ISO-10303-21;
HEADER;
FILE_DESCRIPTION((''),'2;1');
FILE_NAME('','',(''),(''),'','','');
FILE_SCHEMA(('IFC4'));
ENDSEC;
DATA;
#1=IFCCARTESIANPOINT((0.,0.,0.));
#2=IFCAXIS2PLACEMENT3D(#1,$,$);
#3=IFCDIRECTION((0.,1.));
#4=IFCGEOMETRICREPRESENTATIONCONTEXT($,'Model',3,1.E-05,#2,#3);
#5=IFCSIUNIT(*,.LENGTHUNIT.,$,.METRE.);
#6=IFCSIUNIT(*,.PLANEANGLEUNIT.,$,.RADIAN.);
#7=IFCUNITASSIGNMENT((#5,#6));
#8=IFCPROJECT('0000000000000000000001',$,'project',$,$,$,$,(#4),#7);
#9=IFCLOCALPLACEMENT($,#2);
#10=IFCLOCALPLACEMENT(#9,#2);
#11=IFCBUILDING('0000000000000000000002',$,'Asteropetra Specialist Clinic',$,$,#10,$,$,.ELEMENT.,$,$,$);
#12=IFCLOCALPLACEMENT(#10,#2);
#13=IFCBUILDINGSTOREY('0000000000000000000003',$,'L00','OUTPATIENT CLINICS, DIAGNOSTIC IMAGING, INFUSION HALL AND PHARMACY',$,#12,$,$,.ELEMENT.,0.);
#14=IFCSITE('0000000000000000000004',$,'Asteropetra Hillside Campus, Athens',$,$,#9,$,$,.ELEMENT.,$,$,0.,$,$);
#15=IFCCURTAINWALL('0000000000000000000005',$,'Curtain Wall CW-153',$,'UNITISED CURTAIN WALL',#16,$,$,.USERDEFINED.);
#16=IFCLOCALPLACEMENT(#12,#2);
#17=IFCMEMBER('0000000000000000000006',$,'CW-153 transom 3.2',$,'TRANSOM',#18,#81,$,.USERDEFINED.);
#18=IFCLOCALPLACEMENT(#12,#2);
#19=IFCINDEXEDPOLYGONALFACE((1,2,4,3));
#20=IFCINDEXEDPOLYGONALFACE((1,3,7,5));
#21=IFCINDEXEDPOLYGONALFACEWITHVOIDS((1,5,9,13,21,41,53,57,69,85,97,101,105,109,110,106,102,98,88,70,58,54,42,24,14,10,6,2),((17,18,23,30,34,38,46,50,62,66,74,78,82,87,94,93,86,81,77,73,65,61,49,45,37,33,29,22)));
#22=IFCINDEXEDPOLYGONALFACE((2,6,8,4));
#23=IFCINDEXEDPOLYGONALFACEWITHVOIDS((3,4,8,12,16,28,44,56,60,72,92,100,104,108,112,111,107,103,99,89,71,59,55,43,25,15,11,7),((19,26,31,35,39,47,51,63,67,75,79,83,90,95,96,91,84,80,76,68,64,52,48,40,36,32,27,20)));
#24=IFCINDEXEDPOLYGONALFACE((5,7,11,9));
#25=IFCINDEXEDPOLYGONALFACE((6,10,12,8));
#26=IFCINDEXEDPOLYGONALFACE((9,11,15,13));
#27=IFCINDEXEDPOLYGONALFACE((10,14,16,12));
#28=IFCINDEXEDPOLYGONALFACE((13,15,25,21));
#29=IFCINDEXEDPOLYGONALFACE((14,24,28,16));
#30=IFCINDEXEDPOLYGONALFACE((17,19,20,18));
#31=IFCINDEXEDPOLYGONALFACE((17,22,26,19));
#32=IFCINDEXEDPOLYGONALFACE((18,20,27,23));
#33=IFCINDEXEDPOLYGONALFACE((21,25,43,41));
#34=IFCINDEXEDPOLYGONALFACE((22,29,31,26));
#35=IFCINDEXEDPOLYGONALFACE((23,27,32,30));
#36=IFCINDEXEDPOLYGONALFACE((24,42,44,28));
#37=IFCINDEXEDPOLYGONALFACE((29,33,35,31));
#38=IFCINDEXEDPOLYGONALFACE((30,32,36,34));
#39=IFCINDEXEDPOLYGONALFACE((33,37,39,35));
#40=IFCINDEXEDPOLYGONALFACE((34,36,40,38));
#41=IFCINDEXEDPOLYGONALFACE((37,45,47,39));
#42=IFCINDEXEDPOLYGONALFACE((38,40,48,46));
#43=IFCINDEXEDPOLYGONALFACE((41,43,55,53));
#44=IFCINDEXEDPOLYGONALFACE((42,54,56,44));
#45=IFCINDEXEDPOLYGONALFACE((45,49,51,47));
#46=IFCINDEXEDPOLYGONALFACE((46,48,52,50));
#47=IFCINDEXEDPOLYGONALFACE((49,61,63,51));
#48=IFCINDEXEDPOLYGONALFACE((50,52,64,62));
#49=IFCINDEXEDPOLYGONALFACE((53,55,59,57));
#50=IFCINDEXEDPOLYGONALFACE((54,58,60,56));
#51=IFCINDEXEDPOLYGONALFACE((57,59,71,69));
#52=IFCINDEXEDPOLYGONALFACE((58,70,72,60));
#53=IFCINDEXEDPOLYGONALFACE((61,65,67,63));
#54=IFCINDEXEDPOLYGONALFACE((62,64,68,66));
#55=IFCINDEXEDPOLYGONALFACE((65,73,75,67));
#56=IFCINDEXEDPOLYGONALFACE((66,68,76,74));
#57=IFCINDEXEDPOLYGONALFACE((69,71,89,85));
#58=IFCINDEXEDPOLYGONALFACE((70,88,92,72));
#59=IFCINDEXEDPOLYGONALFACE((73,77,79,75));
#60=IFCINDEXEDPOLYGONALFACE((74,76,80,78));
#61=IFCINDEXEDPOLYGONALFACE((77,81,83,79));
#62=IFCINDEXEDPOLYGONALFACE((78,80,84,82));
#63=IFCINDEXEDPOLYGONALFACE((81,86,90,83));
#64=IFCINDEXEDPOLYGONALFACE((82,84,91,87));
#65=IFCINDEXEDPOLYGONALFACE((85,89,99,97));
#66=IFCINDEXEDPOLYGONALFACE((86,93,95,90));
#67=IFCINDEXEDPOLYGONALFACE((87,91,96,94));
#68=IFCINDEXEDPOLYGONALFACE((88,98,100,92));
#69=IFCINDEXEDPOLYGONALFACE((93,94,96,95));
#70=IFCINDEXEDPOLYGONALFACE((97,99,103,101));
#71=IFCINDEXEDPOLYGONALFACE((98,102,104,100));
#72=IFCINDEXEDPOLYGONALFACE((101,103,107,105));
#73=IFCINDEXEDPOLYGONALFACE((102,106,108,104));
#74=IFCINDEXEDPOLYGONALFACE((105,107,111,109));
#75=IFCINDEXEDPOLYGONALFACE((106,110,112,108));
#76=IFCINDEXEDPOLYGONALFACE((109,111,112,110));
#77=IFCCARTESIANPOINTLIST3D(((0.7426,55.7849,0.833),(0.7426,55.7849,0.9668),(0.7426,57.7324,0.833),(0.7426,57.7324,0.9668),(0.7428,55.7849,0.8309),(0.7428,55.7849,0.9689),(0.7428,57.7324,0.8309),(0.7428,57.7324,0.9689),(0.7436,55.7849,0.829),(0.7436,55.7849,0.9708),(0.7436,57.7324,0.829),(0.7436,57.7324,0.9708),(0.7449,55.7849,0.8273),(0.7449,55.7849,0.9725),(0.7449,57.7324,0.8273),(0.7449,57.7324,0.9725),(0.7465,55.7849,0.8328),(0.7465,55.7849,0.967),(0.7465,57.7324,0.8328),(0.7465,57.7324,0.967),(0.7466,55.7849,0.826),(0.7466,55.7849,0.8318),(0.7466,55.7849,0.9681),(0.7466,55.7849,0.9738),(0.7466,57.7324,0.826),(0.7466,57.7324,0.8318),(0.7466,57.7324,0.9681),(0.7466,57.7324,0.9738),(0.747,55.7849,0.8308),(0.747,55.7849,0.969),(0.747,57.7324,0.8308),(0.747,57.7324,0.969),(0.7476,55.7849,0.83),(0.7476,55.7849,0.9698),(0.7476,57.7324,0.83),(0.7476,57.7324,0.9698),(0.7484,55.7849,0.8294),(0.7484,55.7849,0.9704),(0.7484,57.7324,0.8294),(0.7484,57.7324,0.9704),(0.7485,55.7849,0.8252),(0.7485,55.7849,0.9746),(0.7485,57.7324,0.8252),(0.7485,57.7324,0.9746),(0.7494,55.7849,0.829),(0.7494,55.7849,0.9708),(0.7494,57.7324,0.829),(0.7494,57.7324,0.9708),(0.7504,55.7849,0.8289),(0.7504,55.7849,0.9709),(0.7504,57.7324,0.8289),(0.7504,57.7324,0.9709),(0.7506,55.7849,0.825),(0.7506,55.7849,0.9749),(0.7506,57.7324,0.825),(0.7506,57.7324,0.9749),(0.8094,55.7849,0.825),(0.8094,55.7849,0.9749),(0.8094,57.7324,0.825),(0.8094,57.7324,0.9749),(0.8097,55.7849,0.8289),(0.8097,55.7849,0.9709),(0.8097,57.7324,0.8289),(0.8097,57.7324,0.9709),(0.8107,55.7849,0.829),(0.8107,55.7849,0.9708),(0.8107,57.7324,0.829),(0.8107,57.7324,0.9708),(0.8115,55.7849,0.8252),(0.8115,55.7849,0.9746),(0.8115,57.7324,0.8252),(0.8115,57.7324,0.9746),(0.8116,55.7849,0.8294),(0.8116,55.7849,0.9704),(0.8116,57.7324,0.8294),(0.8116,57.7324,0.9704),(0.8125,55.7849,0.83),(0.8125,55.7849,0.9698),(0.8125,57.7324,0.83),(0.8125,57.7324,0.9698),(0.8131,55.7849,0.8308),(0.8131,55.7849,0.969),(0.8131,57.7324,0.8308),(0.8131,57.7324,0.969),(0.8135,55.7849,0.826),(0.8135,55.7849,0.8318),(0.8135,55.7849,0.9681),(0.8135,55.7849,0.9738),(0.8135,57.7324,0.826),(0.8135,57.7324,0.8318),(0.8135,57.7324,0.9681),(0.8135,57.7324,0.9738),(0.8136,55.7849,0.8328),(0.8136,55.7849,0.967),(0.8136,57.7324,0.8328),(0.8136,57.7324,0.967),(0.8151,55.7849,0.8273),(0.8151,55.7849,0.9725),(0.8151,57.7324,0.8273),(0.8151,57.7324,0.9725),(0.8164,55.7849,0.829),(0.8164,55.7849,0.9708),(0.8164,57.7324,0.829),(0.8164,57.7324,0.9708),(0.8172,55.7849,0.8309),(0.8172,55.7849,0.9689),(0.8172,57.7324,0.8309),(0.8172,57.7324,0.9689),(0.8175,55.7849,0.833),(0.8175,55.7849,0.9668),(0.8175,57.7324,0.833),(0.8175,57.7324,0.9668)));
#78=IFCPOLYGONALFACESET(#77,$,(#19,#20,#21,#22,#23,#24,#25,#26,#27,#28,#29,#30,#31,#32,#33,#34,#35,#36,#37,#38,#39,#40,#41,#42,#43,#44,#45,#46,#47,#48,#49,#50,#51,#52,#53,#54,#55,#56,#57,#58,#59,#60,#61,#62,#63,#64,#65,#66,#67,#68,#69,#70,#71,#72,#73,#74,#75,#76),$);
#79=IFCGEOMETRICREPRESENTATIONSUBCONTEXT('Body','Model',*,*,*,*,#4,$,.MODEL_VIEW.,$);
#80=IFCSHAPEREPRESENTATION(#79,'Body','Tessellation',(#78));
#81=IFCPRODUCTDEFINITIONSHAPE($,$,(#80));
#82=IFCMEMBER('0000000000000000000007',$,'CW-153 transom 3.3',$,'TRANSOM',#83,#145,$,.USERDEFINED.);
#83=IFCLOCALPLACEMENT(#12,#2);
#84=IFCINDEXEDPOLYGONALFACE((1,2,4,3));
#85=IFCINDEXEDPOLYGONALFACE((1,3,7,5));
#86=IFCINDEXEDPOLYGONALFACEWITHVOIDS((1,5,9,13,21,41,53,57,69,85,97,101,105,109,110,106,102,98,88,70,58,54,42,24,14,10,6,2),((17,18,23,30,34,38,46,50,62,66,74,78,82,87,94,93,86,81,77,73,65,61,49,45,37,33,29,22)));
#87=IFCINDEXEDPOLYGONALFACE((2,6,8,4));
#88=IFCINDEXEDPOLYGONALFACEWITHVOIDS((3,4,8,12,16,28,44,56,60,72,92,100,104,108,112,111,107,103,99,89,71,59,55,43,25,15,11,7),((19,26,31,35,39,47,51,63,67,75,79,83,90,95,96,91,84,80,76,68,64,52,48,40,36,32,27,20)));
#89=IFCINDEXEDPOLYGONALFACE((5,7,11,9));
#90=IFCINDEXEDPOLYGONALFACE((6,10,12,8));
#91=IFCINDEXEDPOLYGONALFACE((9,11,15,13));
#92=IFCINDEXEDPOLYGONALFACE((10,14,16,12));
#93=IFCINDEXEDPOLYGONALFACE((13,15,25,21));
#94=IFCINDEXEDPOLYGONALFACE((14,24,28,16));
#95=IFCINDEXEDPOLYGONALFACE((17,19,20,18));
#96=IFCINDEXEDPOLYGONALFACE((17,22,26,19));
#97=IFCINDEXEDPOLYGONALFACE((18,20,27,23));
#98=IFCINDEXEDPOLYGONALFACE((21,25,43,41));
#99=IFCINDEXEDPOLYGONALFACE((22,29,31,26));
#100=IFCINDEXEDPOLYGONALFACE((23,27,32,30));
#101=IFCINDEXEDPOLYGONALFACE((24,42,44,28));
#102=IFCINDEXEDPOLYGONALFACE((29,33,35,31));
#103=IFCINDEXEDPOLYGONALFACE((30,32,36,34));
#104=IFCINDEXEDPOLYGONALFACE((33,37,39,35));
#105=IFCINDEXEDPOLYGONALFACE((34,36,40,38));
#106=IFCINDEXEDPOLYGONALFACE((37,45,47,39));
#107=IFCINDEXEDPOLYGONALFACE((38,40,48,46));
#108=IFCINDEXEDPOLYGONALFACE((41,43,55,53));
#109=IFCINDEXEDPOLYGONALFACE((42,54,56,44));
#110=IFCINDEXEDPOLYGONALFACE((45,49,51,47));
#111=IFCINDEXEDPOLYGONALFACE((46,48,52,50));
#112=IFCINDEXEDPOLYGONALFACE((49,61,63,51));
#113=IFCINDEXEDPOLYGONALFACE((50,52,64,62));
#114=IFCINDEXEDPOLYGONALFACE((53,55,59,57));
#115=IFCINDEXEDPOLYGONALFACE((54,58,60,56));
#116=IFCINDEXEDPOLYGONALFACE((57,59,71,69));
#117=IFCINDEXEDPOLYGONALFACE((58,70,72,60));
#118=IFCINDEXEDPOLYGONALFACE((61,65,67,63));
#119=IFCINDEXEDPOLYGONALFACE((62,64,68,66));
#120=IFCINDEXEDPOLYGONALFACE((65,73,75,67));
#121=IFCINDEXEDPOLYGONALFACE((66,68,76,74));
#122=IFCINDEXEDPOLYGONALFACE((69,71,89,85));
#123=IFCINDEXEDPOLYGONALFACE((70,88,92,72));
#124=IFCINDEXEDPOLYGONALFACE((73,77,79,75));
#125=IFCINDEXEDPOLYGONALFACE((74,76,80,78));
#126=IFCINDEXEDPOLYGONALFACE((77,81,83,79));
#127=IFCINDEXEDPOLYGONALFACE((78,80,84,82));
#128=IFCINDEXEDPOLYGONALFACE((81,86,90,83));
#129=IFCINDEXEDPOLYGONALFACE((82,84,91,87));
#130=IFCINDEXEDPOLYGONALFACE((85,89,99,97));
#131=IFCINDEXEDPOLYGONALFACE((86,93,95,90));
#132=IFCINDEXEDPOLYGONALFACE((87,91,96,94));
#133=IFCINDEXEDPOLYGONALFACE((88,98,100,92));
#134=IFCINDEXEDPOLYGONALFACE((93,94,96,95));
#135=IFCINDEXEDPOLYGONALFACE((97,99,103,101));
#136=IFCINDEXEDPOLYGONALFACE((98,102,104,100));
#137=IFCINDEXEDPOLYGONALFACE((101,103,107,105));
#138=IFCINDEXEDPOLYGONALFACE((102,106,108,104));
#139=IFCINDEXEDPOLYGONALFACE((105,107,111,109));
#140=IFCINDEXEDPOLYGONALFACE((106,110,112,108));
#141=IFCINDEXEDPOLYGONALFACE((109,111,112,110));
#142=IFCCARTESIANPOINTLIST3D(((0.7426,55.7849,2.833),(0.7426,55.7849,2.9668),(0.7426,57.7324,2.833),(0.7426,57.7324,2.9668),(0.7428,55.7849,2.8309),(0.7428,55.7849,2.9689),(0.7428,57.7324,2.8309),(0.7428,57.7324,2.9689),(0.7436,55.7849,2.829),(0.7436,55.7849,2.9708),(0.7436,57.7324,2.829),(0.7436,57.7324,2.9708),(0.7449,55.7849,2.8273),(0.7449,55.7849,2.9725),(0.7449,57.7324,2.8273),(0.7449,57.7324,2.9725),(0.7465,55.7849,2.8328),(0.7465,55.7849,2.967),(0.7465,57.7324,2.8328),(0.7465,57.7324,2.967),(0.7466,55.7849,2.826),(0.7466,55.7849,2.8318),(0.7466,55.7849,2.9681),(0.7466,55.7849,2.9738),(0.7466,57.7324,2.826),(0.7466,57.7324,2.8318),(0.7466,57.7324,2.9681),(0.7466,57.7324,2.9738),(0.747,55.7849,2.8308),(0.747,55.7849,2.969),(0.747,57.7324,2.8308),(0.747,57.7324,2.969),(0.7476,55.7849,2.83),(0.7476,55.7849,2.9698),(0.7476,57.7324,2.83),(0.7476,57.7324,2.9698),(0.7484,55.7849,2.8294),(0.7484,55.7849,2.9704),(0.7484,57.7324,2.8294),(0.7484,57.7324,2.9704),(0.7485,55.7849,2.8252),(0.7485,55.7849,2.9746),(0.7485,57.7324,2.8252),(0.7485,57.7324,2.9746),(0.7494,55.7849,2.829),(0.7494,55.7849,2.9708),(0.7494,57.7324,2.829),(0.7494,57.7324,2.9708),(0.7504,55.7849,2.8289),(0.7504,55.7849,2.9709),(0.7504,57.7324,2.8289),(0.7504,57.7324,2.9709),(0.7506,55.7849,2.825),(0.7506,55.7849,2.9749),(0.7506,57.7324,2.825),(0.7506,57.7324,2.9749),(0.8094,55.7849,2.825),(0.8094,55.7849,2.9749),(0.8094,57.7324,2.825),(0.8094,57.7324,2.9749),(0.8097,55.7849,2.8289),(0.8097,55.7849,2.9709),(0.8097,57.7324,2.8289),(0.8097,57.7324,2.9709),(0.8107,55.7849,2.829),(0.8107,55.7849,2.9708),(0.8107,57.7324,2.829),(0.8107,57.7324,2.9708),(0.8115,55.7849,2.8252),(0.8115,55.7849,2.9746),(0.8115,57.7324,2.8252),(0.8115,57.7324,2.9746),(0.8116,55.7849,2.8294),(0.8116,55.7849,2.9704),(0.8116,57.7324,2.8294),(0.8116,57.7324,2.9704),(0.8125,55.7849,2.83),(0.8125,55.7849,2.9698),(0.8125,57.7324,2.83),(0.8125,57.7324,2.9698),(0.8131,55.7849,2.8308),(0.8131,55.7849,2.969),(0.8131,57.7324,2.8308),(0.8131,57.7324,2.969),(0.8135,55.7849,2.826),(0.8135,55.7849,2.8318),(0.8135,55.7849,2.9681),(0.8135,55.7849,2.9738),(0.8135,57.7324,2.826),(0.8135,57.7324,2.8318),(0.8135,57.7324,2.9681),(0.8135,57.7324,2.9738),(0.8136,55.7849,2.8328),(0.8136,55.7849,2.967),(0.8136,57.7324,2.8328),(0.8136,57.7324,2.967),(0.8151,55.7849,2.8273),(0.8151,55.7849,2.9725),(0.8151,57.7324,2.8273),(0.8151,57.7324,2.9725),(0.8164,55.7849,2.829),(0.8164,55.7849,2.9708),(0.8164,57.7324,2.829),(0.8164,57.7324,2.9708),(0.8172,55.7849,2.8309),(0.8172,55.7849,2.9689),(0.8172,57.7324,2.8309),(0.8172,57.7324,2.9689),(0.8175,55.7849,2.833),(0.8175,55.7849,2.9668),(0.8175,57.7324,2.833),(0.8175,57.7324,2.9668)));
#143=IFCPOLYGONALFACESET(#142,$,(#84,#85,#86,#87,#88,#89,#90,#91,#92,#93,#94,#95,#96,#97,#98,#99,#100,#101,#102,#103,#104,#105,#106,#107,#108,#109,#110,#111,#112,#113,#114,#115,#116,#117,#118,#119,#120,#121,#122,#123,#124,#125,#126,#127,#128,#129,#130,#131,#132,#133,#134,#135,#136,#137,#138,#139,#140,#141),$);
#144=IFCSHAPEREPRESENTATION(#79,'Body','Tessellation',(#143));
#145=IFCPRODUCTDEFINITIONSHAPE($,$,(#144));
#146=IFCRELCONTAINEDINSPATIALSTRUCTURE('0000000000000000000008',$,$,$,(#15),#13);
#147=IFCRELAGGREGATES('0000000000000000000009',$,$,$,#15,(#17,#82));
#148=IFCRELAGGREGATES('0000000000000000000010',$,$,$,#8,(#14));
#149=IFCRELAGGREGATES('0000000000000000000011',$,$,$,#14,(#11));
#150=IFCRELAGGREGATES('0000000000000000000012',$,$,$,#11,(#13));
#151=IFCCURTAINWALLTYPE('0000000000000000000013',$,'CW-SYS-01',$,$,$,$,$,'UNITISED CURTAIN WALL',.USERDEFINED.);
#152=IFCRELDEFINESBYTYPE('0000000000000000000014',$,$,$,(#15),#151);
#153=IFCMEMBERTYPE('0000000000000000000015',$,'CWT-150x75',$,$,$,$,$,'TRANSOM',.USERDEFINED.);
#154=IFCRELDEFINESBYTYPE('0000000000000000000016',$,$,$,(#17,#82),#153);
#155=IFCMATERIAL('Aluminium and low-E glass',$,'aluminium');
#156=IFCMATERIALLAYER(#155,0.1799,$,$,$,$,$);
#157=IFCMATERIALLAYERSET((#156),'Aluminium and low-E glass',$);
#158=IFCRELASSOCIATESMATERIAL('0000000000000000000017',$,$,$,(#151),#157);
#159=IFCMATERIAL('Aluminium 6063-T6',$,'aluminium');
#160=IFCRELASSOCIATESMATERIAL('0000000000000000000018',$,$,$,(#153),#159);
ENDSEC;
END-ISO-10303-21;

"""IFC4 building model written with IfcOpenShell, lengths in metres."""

from ifc_helpers import new_model, si_unit, direction, frame, origin, origin_2d, place, context, subcontext, project, spatial, hollow_rectangle, extrude, material, layer, layer_set, material_profile, profile_set, type_object, element, aggregate, save


model = new_model("IFC4")

# Units and contexts
model_context = context("Model", 3, precision=1e-05, world=origin(), true_north=direction((0.0, 1.0)))
body_context = subcontext(model_context, "Body", "Model", "MODEL_VIEW")
ifc_project = project(units=[si_unit("LENGTHUNIT", "METRE"), si_unit("PLANEANGLEUNIT", "RADIAN")], contexts=[model_context])

# Site, building, storey
site_placement = place(None, origin())
site = spatial("IfcSite", under=ifc_project, at=site_placement, Name="Asteropetra Hillside Campus, Athens", CompositionType="ELEMENT", RefElevation=0.0)
building_placement = place(site_placement, origin())
building = spatial("IfcBuilding", under=site, at=building_placement, Name="Asteropetra Specialist Clinic", CompositionType="ELEMENT")
storey_placement = place(building_placement, origin())
storey = spatial("IfcBuildingStorey", under=building, at=storey_placement, Name="L00", Description="OUTPATIENT CLINICS, DIAGNOSTIC IMAGING, INFUSION HALL AND PHARMACY", CompositionType="ELEMENT", Elevation=0.0)

# Curtain wall, members
ifc_material_1 = material(Name="Aluminium and low-E glass", Category="aluminium")
ifc_layer_1 = layer(ifc_material_1, 0.1799)
ifc_layer_set_1 = layer_set([ifc_layer_1], Name="Aluminium and low-E glass")
curtain_wall_type = type_object("IfcCurtainWallType", Name="CW-SYS-01", ElementType="UNITISED CURTAIN WALL", PredefinedType="USERDEFINED", material=ifc_layer_set_1)
curtain_wall_placement = place(storey_placement, origin())
curtain_wall = element("IfcCurtainWall", 1, at=curtain_wall_placement, inside=storey, type_object=curtain_wall_type, Name="Curtain Wall CW-153", ObjectType="UNITISED CURTAIN WALL", PredefinedType="USERDEFINED")
ifc_material_2 = material(Name="Aluminium 6063-T6", Category="aluminium")
ifc_material_profile_1 = material_profile(ifc_material_2, hollow_rectangle(XDim=0.075, YDim=0.1499, WallThickness=0.0039, InnerFilletRadius=0.0039, OuterFilletRadius=0.0081, at=origin_2d()), Name="TRN 150x75x4.0")
ifc_profile_set_1 = profile_set([ifc_material_profile_1], Name="Aluminium 6063-T6")
member_type_1 = type_object("IfcMemberType", Name="CWT-150x75", ElementType="TRANSOM", PredefinedType="USERDEFINED", material=ifc_profile_set_1)
member_1_placement = place(storey_placement, frame((0.78, 57.7324, 0.8999), z_axis=(0.0, -1.0, 0.0), x_axis=(1.0, 0.0, 0.0)))
member_1 = element("IfcMember", 2, at=member_1_placement, type_object=member_type_1, Name="CW-153 transom 3.2", ObjectType="TRANSOM", PredefinedType="USERDEFINED", context=body_context, shape_type="SweptSolid", body=[
    extrude(hollow_rectangle(XDim=0.075, YDim=0.1499, WallThickness=0.0039, InnerFilletRadius=0.0039, OuterFilletRadius=0.0081, at=origin_2d()), origin(), (0.0, 0.0, 1.0), 1.9475),
])
member_2_placement = place(storey_placement, frame((0.78, 57.7324, 2.8999), z_axis=(0.0, -1.0, 0.0), x_axis=(1.0, 0.0, 0.0)))
member_2 = element("IfcMember", 3, at=member_2_placement, type_object=member_type_1, Name="CW-153 transom 3.3", ObjectType="TRANSOM", PredefinedType="USERDEFINED", context=body_context, shape_type="SweptSolid", body=[
    extrude(hollow_rectangle(XDim=0.075, YDim=0.1499, WallThickness=0.0039, InnerFilletRadius=0.0039, OuterFilletRadius=0.0081, at=origin_2d()), origin(), (0.0, 0.0, 1.0), 1.9475),
])

aggregate(curtain_wall, [member_1, member_2])

save(model, "model.ifc")
